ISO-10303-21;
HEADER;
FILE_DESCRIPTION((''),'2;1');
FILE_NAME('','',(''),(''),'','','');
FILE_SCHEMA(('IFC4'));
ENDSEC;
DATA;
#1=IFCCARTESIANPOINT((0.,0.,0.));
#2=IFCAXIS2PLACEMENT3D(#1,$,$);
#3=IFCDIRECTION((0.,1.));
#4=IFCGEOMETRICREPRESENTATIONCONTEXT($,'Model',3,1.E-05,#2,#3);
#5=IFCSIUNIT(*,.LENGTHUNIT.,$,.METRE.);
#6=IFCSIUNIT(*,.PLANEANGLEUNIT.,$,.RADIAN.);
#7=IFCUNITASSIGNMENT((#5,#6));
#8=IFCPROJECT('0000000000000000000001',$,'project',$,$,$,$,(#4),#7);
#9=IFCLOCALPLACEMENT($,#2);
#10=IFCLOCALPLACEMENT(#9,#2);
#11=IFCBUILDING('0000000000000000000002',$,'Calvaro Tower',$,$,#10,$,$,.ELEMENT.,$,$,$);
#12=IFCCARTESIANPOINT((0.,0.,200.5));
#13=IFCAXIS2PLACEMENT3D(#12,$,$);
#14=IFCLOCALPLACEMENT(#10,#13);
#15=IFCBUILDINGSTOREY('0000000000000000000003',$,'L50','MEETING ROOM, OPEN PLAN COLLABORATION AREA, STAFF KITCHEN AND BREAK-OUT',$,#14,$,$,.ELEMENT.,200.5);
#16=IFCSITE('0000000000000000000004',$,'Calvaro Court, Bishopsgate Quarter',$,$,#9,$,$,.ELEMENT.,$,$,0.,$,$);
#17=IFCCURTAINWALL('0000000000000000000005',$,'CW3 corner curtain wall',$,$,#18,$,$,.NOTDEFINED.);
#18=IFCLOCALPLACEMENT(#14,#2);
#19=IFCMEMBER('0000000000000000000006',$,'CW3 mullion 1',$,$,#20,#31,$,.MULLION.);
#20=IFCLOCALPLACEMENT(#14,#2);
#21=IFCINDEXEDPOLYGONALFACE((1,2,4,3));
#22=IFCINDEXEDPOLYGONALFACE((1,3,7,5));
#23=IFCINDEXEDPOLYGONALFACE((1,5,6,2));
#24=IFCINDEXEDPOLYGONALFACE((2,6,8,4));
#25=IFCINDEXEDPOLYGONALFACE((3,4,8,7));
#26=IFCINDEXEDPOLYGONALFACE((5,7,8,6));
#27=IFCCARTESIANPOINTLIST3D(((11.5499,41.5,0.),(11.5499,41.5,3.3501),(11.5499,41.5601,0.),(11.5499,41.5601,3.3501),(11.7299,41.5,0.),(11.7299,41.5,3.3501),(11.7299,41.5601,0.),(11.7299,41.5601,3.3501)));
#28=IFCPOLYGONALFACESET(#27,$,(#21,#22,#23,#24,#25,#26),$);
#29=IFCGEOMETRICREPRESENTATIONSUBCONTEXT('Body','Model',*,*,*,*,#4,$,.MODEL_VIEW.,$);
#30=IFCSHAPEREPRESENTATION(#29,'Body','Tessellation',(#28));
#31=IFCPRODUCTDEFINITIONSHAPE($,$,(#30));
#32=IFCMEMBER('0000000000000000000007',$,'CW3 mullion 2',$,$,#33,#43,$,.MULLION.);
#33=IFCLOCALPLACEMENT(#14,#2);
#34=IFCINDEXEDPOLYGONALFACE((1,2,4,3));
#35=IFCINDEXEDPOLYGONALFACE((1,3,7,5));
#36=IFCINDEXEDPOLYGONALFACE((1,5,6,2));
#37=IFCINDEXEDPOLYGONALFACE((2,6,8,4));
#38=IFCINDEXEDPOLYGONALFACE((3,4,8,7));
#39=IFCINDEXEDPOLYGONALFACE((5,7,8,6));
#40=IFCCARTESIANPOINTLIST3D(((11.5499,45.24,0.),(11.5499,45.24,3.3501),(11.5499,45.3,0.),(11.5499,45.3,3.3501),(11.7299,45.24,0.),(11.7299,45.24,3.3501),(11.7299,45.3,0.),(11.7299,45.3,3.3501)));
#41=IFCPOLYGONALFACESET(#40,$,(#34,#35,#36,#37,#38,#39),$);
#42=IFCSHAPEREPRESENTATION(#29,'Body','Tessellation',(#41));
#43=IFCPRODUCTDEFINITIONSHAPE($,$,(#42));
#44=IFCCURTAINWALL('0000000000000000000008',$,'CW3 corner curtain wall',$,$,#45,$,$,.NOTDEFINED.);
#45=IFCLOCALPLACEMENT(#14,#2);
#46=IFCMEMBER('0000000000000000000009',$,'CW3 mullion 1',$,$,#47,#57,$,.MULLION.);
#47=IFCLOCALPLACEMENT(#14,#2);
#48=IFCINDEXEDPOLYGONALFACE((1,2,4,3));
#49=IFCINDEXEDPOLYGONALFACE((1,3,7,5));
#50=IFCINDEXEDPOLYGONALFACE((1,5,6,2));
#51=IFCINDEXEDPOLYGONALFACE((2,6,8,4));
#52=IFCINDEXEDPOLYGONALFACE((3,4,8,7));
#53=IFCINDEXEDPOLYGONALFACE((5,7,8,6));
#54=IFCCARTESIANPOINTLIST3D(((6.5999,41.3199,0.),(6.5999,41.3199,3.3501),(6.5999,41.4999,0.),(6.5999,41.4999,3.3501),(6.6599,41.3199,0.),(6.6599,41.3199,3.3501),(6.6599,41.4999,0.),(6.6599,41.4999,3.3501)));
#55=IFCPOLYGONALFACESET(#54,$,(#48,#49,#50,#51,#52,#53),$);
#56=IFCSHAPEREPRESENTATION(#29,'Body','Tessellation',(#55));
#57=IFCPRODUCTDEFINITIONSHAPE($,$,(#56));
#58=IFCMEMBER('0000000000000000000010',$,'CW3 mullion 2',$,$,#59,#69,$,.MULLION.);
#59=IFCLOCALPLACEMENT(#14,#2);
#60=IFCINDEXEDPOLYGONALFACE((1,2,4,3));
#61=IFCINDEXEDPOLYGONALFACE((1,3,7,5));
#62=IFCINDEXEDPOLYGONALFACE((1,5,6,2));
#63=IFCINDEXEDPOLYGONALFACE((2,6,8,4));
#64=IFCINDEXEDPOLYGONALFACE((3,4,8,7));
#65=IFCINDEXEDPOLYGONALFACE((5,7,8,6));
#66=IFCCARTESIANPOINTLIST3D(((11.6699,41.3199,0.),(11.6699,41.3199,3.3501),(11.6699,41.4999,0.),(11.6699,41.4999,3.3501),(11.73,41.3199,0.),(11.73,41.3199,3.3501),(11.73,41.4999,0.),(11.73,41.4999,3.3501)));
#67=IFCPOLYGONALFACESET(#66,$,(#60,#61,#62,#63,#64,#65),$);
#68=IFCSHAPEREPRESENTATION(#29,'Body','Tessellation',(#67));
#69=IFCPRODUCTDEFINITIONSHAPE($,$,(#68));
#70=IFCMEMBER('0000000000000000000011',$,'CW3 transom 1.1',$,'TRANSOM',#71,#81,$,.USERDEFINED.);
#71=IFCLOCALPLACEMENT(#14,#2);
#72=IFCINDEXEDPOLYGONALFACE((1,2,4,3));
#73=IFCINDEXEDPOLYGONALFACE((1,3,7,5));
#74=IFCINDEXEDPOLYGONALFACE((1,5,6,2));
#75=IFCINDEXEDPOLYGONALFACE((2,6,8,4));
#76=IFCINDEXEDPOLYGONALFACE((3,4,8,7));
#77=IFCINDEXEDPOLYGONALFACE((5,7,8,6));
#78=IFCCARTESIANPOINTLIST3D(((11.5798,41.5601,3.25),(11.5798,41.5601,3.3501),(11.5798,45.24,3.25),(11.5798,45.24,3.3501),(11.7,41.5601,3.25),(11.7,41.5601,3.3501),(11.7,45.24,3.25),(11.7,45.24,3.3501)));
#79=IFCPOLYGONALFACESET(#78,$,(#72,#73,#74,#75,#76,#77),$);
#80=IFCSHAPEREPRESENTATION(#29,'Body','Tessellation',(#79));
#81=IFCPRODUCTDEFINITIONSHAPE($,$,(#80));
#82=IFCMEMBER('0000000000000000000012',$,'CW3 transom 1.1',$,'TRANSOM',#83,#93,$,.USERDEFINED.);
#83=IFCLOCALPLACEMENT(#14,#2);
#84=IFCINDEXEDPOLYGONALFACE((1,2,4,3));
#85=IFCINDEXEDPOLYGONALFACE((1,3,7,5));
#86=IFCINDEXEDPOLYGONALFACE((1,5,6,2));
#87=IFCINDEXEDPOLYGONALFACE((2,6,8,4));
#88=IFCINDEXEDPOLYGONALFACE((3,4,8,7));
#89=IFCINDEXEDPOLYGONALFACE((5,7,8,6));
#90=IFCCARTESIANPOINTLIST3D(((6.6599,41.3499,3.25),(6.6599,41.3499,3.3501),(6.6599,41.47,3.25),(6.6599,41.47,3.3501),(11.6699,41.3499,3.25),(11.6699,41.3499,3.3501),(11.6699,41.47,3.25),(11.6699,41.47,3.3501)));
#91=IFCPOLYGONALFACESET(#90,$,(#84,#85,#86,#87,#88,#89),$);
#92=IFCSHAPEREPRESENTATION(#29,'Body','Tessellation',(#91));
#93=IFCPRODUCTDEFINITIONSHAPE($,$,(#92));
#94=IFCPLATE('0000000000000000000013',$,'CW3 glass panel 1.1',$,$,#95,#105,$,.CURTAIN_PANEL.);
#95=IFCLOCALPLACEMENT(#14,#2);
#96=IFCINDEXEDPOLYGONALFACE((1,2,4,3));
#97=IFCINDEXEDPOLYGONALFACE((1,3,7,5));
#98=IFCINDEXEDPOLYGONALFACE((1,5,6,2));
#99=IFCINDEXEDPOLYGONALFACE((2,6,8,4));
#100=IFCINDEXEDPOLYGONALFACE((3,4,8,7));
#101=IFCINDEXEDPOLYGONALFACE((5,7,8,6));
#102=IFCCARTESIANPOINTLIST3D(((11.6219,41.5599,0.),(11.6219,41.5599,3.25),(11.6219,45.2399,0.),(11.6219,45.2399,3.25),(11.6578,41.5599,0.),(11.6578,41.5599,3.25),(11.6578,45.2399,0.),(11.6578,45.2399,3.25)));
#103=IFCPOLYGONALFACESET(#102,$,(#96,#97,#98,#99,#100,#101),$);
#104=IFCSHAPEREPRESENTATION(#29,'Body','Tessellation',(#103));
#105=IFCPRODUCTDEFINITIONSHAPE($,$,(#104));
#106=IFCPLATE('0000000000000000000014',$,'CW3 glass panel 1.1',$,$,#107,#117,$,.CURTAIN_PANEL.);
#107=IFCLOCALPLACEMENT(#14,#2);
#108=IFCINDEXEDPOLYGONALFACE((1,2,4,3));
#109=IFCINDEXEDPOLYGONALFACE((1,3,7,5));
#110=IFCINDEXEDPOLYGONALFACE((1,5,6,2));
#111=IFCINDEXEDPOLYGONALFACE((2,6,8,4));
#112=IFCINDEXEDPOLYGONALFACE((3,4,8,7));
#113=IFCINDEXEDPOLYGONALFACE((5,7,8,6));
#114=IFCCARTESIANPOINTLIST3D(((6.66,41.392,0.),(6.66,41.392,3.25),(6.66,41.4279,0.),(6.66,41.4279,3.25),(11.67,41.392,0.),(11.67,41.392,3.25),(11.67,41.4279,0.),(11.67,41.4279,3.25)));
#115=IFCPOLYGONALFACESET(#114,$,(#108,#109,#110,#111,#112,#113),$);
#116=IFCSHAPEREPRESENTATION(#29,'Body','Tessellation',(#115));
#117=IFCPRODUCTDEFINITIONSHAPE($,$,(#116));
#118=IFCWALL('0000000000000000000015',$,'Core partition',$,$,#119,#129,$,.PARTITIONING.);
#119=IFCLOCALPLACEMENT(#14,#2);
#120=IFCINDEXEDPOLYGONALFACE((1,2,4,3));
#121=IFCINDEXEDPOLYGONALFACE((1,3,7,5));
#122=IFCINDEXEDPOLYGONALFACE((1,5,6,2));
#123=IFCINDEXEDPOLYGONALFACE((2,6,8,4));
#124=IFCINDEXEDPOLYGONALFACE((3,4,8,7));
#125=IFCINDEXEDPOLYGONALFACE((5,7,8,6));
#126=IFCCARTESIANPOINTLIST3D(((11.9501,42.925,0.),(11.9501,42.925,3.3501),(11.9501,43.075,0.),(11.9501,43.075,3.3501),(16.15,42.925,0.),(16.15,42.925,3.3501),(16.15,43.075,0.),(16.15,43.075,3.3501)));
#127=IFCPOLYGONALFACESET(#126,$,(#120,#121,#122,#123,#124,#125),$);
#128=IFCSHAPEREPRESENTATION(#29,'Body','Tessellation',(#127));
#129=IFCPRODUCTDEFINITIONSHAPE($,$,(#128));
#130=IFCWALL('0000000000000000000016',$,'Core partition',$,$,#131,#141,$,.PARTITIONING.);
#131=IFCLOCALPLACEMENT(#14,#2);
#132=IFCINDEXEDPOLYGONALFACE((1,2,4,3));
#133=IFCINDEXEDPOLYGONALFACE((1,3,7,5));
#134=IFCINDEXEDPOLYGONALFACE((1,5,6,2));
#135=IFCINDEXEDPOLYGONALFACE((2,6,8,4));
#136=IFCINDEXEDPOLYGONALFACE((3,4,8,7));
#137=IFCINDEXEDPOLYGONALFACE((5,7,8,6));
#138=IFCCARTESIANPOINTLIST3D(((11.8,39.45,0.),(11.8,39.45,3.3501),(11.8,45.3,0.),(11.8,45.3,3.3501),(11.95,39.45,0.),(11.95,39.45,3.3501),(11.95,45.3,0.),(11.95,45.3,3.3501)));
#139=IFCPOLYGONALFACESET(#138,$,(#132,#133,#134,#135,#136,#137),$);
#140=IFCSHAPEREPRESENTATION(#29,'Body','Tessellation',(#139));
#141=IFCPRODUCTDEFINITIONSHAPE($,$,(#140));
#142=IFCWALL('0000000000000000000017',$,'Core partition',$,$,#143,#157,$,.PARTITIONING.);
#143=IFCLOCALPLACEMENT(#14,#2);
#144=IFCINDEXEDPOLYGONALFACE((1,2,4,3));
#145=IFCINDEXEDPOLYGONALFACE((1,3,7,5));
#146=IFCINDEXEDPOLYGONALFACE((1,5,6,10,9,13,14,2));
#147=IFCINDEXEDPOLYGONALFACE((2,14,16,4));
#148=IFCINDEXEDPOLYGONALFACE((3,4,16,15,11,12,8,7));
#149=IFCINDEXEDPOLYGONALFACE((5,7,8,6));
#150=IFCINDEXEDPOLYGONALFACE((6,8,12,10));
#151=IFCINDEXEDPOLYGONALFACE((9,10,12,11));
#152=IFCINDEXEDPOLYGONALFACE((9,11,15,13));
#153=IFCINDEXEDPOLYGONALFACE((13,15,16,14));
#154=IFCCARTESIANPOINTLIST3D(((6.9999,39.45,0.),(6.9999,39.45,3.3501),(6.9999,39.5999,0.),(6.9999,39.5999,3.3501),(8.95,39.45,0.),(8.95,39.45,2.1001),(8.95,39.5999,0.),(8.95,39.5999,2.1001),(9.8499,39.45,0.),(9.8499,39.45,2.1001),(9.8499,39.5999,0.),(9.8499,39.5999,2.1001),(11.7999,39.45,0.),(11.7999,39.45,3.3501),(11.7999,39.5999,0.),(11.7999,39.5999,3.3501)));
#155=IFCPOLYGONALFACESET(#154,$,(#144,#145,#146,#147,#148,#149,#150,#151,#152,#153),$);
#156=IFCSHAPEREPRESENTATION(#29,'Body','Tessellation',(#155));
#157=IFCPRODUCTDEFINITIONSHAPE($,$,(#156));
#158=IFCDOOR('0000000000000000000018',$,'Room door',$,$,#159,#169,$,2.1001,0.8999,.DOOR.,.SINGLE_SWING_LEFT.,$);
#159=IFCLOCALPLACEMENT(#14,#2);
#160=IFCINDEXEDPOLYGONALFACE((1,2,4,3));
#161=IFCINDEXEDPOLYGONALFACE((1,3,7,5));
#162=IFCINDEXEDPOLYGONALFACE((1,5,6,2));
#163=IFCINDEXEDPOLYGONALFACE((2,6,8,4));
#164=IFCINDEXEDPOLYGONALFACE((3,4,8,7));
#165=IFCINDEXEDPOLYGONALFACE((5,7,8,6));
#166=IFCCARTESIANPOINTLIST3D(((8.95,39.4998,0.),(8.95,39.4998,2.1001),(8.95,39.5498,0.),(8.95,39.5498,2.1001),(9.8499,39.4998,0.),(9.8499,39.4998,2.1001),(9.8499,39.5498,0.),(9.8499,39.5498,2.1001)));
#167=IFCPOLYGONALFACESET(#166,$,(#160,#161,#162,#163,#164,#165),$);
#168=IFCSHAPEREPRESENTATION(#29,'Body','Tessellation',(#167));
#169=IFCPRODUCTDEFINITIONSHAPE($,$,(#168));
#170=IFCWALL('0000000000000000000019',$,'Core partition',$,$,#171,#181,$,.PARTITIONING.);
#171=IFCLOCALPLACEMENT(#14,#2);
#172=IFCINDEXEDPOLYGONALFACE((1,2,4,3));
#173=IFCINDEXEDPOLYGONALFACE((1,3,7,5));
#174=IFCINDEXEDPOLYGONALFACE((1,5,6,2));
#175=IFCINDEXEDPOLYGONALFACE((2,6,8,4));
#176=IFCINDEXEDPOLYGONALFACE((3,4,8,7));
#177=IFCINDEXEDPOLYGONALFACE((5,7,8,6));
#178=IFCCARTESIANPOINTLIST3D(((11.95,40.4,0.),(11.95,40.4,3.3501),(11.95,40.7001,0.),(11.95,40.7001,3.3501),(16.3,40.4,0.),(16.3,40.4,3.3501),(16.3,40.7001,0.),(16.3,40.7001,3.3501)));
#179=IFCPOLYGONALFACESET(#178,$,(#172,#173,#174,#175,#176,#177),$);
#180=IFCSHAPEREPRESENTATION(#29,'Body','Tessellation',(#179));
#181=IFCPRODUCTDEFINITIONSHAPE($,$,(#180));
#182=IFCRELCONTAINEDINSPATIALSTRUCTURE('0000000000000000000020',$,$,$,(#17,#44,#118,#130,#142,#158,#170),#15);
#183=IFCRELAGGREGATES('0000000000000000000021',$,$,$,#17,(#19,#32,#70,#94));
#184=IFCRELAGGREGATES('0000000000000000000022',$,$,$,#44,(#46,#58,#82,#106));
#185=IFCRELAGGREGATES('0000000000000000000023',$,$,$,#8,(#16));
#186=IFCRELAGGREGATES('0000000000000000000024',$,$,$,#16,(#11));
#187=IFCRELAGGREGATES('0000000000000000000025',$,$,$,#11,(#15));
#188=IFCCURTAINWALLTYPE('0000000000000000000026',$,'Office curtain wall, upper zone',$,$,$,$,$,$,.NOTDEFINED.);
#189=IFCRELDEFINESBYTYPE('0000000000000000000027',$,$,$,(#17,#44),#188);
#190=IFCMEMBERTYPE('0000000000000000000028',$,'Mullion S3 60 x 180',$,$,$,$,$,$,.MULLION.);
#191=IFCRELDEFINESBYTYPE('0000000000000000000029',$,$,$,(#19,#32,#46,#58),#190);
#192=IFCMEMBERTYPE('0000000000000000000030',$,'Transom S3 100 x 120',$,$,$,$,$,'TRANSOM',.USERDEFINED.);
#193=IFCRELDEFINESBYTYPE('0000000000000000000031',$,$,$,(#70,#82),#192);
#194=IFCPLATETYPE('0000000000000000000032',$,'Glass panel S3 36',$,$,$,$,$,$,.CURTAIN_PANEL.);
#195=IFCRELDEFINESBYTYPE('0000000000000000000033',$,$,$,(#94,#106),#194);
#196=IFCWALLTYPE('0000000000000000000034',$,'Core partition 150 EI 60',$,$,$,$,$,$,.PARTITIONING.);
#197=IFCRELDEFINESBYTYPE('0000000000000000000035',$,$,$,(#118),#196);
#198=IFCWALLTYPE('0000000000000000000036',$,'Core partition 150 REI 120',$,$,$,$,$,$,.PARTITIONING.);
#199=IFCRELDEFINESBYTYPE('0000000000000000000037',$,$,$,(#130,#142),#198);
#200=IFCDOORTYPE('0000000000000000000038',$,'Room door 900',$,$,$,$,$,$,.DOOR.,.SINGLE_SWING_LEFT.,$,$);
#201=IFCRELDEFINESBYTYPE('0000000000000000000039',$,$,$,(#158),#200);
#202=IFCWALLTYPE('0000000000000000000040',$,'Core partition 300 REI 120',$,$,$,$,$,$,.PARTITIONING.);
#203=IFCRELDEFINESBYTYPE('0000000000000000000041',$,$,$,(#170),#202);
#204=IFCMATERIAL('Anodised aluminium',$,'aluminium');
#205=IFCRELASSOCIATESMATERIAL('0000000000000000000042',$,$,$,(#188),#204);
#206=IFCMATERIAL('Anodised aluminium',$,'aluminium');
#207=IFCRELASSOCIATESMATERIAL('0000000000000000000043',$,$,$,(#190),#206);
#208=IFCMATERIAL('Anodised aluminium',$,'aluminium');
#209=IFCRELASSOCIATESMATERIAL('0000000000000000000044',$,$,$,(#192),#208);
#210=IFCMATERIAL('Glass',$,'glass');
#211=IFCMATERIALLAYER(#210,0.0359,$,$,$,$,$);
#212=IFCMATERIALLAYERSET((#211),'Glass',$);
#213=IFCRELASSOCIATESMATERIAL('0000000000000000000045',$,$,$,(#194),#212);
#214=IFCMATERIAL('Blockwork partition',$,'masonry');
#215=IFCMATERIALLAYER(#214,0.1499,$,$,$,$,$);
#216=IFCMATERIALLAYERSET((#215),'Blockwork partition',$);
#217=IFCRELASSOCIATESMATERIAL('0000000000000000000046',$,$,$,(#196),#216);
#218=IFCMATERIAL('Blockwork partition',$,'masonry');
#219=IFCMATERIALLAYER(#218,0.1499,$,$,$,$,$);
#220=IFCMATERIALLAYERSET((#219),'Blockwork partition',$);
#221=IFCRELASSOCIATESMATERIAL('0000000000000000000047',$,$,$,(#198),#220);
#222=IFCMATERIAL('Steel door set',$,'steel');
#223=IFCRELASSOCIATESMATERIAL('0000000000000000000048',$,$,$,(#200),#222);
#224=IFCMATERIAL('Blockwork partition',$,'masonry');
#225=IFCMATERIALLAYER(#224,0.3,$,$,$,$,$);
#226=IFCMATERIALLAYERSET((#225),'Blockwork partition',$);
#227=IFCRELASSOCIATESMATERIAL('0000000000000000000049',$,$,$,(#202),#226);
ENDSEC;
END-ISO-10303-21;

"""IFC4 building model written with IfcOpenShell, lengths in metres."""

from ifc_helpers import new_model, si_unit, direction, frame, frame_2d, origin, origin_2d, place, context, subcontext, project, spatial, rectangle, extrude, material, layer, layer_set, material_profile, profile_set, type_object, element, fill, aggregate, save


model = new_model("IFC4")

# Units and contexts
model_context = context("Model", 3, precision=1e-05, world=origin(), true_north=direction((0.0, 1.0)))
body_context = subcontext(model_context, "Body", "Model", "MODEL_VIEW")
ifc_project = project(units=[si_unit("LENGTHUNIT", "METRE"), si_unit("PLANEANGLEUNIT", "RADIAN")], contexts=[model_context])

# Site, building, storey
site_placement = place(None, origin())
site = spatial("IfcSite", under=ifc_project, at=site_placement, Name="Calvaro Court, Bishopsgate Quarter", CompositionType="ELEMENT", RefElevation=0.0)
building_placement = place(site_placement, origin())
building = spatial("IfcBuilding", under=site, at=building_placement, Name="Calvaro Tower", CompositionType="ELEMENT")
storey_placement = place(building_placement, frame((0.0, 0.0, 200.5)))
storey = spatial("IfcBuildingStorey", under=building, at=storey_placement, Name="L50", Description="MEETING ROOM, OPEN PLAN COLLABORATION AREA, STAFF KITCHEN AND BREAK-OUT", CompositionType="ELEMENT", Elevation=200.5)

# Curtain walls, members
ifc_material_1 = material(Name="Anodised aluminium", Category="aluminium")
curtain_wall_type = type_object("IfcCurtainWallType", Name="Office curtain wall, upper zone", PredefinedType="NOTDEFINED", material=ifc_material_1)
curtain_wall_1_placement = place(storey_placement, origin())
curtain_wall_1 = element("IfcCurtainWall", 1, at=curtain_wall_1_placement, inside=storey, type_object=curtain_wall_type, Name="CW3 corner curtain wall", PredefinedType="NOTDEFINED")
ifc_material_2 = material(Name="Anodised aluminium", Category="aluminium")
ifc_material_profile_1 = material_profile(ifc_material_2, rectangle(XDim=0.1799, YDim=0.0601, at=origin_2d()), Name="Mullion S3 60 x 180")
ifc_profile_set_1 = profile_set([ifc_material_profile_1], Name="Anodised aluminium")
member_type_1 = type_object("IfcMemberType", Name="Mullion S3 60 x 180", PredefinedType="MULLION", material=ifc_profile_set_1)
member_1_placement = place(storey_placement, frame((11.6399, 41.53, 0.0), z_axis=(0.0, 0.0, 1.0), x_axis=(-1.0, 0.0, 0.0)))
member_1 = element("IfcMember", 2, at=member_1_placement, type_object=member_type_1, Name="CW3 mullion 1", PredefinedType="MULLION", context=body_context, shape_type="SweptSolid", body=[
    extrude(rectangle(XDim=0.1799, YDim=0.0601, at=origin_2d()), origin(), (0.0, 0.0, 1.0), 3.3501),
])
member_2_placement = place(storey_placement, frame((11.6399, 45.27, 0.0), z_axis=(0.0, 0.0, 1.0), x_axis=(-1.0, 0.0, 0.0)))
member_2 = element("IfcMember", 3, at=member_2_placement, type_object=member_type_1, Name="CW3 mullion 2", PredefinedType="MULLION", context=body_context, shape_type="SweptSolid", body=[
    extrude(rectangle(XDim=0.1799, YDim=0.0601, at=origin_2d()), origin(), (0.0, 0.0, 1.0), 3.3501),
])
curtain_wall_2_placement = place(storey_placement, origin())
curtain_wall_2 = element("IfcCurtainWall", 4, at=curtain_wall_2_placement, inside=storey, type_object=curtain_wall_type, Name="CW3 corner curtain wall", PredefinedType="NOTDEFINED")
member_3_placement = place(storey_placement, frame((6.6299, 41.4099, 0.0), z_axis=(0.0, 0.0, 1.0), x_axis=(0.0, 1.0, 0.0)))
member_3 = element("IfcMember", 5, at=member_3_placement, type_object=member_type_1, Name="CW3 mullion 1", PredefinedType="MULLION", context=body_context, shape_type="SweptSolid", body=[
    extrude(rectangle(XDim=0.1799, YDim=0.0601, at=origin_2d()), origin(), (0.0, 0.0, 1.0), 3.3501),
])
member_4_placement = place(storey_placement, frame((11.7, 41.4099, 0.0), z_axis=(0.0, 0.0, 1.0), x_axis=(0.0, 1.0, 0.0)))
member_4 = element("IfcMember", 6, at=member_4_placement, type_object=member_type_1, Name="CW3 mullion 2", PredefinedType="MULLION", context=body_context, shape_type="SweptSolid", body=[
    extrude(rectangle(XDim=0.1799, YDim=0.0601, at=origin_2d()), origin(), (0.0, 0.0, 1.0), 3.3501),
])

# Members
ifc_material_3 = material(Name="Anodised aluminium", Category="aluminium")
ifc_material_profile_2 = material_profile(ifc_material_3, rectangle(XDim=0.1201, YDim=0.1001, at=origin_2d()), Name="Transom S3 100 x 120")
ifc_profile_set_2 = profile_set([ifc_material_profile_2], Name="Anodised aluminium")
member_type_2 = type_object("IfcMemberType", Name="Transom S3 100 x 120", ElementType="TRANSOM", PredefinedType="USERDEFINED", material=ifc_profile_set_2)
member_5_placement = place(storey_placement, frame((11.6399, 41.5601, 3.3), z_axis=(0.0, 1.0, 0.0), x_axis=(-1.0, 0.0, 0.0)))
member_5 = element("IfcMember", 7, at=member_5_placement, type_object=member_type_2, Name="CW3 transom 1.1", ObjectType="TRANSOM", PredefinedType="USERDEFINED", context=body_context, shape_type="SweptSolid", body=[
    extrude(rectangle(XDim=0.1201, YDim=0.1001, at=origin_2d()), origin(), (0.0, 0.0, 1.0), 3.6799),
])
member_6_placement = place(storey_placement, frame((6.6599, 41.4099, 3.3), z_axis=(1.0, 0.0, 0.0), x_axis=(0.0, 1.0, 0.0)))
member_6 = element("IfcMember", 8, at=member_6_placement, type_object=member_type_2, Name="CW3 transom 1.1", ObjectType="TRANSOM", PredefinedType="USERDEFINED", context=body_context, shape_type="SweptSolid", body=[
    extrude(rectangle(XDim=0.1201, YDim=0.1001, at=origin_2d()), origin(), (0.0, 0.0, 1.0), 5.01),
])

# Plates
ifc_material_4 = material(Name="Glass", Category="glass")
ifc_layer_1 = layer(ifc_material_4, 0.0359)
ifc_layer_set_1 = layer_set([ifc_layer_1], Name="Glass")
plate_type = type_object("IfcPlateType", Name="Glass panel S3 36", PredefinedType="CURTAIN_PANEL", material=ifc_layer_set_1)
plate_1_placement = place(storey_placement, frame((11.6399, 43.3999, 0.0), z_axis=(0.0, 0.0, 1.0), x_axis=(0.0, 1.0, 0.0)))
plate_1 = element("IfcPlate", 9, at=plate_1_placement, type_object=plate_type, Name="CW3 glass panel 1.1", PredefinedType="CURTAIN_PANEL", context=body_context, shape_type="SweptSolid", body=[
    extrude(rectangle(XDim=3.6799, YDim=0.0359, at=origin_2d()), origin(), (0.0, 0.0, 1.0), 3.25),
])
aggregate(curtain_wall_1, [member_1, member_2, member_5, plate_1])
plate_2_placement = place(storey_placement, frame((9.165, 41.4099, 0.0), z_axis=(0.0, 0.0, 1.0), x_axis=(1.0, 0.0, 0.0)))
plate_2 = element("IfcPlate", 10, at=plate_2_placement, type_object=plate_type, Name="CW3 glass panel 1.1", PredefinedType="CURTAIN_PANEL", context=body_context, shape_type="SweptSolid", body=[
    extrude(rectangle(XDim=5.01, YDim=0.0359, at=origin_2d()), origin(), (0.0, 0.0, 1.0), 3.25),
])
aggregate(curtain_wall_2, [member_3, member_4, member_6, plate_2])

# Walls
ifc_material_5 = material(Name="Blockwork partition", Category="masonry")
ifc_layer_2 = layer(ifc_material_5, 0.1499)
ifc_layer_set_2 = layer_set([ifc_layer_2], Name="Blockwork partition")
wall_type_1 = type_object("IfcWallType", Name="Core partition 150 EI 60", PredefinedType="PARTITIONING", material=ifc_layer_set_2)
wall_1_placement = place(storey_placement, frame((11.95, 43.0, 0.0), z_axis=(0.0, 0.0, 1.0), x_axis=(1.0, 0.0, 0.0)))
element("IfcWall", 11, at=wall_1_placement, inside=storey, type_object=wall_type_1, Name="Core partition", PredefinedType="PARTITIONING", context=body_context, shape_type="SweptSolid", body=[
    extrude(rectangle(XDim=4.2, YDim=0.1499, at=frame_2d((2.1001, 0.0))), origin(), (0.0, 0.0, 1.0), 3.3501),
])
ifc_material_6 = material(Name="Blockwork partition", Category="masonry")
ifc_layer_3 = layer(ifc_material_6, 0.1499)
ifc_layer_set_3 = layer_set([ifc_layer_3], Name="Blockwork partition")
wall_type_2 = type_object("IfcWallType", Name="Core partition 150 REI 120", PredefinedType="PARTITIONING", material=ifc_layer_set_3)
wall_2_placement = place(storey_placement, frame((11.875, 39.45, 0.0), z_axis=(0.0, 0.0, 1.0), x_axis=(0.0, 1.0, 0.0)))
element("IfcWall", 12, at=wall_2_placement, inside=storey, type_object=wall_type_2, Name="Core partition", PredefinedType="PARTITIONING", context=body_context, shape_type="SweptSolid", body=[
    extrude(rectangle(XDim=5.8501, YDim=0.1499, at=frame_2d((2.925, 0.0))), origin(), (0.0, 0.0, 1.0), 3.3501),
])

# Wall, opening, door
wall_3_placement = place(storey_placement, frame((7.0, 39.5249, 0.0), z_axis=(0.0, 0.0, 1.0), x_axis=(1.0, 0.0, 0.0)))
wall_3 = element("IfcWall", 13, at=wall_3_placement, inside=storey, type_object=wall_type_2, Name="Core partition", PredefinedType="PARTITIONING", context=body_context, shape_type="SweptSolid", body=[
    extrude(rectangle(XDim=4.8, YDim=0.1499, at=frame_2d((2.3999, 0.0))), origin(), (0.0, 0.0, 1.0), 3.3501),
])
opening_1_placement = place(wall_3_placement, frame((1.95, 0.0, 0.0)))
opening_1 = element("IfcOpeningElement", 14, at=opening_1_placement, cuts=wall_3, PredefinedType="OPENING", context=body_context, shape_type="SweptSolid", body=[
    extrude(rectangle(XDim=0.8999, YDim=2.1001, at=frame_2d((0.45, 1.05))), frame((0.0, 0.085, 0.0), z_axis=(0.0, -1.0, 0.0), x_axis=(1.0, 0.0, 0.0)), (0.0, 0.0, 1.0), 0.1699),
])
ifc_material_7 = material(Name="Steel door set", Category="steel")
door_type = type_object("IfcDoorType", Name="Room door 900", OperationType="SINGLE_SWING_LEFT", PredefinedType="DOOR", material=ifc_material_7)
door_placement = place(opening_1_placement, origin())
door = element("IfcDoor", 15, at=door_placement, inside=storey, type_object=door_type, Name="Room door", OperationType="SINGLE_SWING_LEFT", OverallHeight=2.1001, OverallWidth=0.8999, PredefinedType="DOOR", context=body_context, shape_type="SweptSolid", body=[
    extrude(rectangle(XDim=0.8999, YDim=2.1001, at=frame_2d((0.45, 1.05))), frame((0.0, 0.0249, 0.0), z_axis=(0.0, -1.0, 0.0), x_axis=(1.0, 0.0, 0.0)), (0.0, 0.0, 1.0), 0.05),
])
fill(opening_1, door)

# Wall
ifc_material_8 = material(Name="Blockwork partition", Category="masonry")
ifc_layer_4 = layer(ifc_material_8, 0.3)
ifc_layer_set_4 = layer_set([ifc_layer_4], Name="Blockwork partition")
wall_type_3 = type_object("IfcWallType", Name="Core partition 300 REI 120", PredefinedType="PARTITIONING", material=ifc_layer_set_4)
wall_4_placement = place(storey_placement, frame((11.95, 40.55, 0.0), z_axis=(0.0, 0.0, 1.0), x_axis=(1.0, 0.0, 0.0)))
element("IfcWall", 16, at=wall_4_placement, inside=storey, type_object=wall_type_3, Name="Core partition", PredefinedType="PARTITIONING", context=body_context, shape_type="SweptSolid", body=[
    extrude(rectangle(XDim=4.3501, YDim=0.3, at=frame_2d((2.175, 0.0))), origin(), (0.0, 0.0, 1.0), 3.3501),
])

save(model, "model.ifc")
